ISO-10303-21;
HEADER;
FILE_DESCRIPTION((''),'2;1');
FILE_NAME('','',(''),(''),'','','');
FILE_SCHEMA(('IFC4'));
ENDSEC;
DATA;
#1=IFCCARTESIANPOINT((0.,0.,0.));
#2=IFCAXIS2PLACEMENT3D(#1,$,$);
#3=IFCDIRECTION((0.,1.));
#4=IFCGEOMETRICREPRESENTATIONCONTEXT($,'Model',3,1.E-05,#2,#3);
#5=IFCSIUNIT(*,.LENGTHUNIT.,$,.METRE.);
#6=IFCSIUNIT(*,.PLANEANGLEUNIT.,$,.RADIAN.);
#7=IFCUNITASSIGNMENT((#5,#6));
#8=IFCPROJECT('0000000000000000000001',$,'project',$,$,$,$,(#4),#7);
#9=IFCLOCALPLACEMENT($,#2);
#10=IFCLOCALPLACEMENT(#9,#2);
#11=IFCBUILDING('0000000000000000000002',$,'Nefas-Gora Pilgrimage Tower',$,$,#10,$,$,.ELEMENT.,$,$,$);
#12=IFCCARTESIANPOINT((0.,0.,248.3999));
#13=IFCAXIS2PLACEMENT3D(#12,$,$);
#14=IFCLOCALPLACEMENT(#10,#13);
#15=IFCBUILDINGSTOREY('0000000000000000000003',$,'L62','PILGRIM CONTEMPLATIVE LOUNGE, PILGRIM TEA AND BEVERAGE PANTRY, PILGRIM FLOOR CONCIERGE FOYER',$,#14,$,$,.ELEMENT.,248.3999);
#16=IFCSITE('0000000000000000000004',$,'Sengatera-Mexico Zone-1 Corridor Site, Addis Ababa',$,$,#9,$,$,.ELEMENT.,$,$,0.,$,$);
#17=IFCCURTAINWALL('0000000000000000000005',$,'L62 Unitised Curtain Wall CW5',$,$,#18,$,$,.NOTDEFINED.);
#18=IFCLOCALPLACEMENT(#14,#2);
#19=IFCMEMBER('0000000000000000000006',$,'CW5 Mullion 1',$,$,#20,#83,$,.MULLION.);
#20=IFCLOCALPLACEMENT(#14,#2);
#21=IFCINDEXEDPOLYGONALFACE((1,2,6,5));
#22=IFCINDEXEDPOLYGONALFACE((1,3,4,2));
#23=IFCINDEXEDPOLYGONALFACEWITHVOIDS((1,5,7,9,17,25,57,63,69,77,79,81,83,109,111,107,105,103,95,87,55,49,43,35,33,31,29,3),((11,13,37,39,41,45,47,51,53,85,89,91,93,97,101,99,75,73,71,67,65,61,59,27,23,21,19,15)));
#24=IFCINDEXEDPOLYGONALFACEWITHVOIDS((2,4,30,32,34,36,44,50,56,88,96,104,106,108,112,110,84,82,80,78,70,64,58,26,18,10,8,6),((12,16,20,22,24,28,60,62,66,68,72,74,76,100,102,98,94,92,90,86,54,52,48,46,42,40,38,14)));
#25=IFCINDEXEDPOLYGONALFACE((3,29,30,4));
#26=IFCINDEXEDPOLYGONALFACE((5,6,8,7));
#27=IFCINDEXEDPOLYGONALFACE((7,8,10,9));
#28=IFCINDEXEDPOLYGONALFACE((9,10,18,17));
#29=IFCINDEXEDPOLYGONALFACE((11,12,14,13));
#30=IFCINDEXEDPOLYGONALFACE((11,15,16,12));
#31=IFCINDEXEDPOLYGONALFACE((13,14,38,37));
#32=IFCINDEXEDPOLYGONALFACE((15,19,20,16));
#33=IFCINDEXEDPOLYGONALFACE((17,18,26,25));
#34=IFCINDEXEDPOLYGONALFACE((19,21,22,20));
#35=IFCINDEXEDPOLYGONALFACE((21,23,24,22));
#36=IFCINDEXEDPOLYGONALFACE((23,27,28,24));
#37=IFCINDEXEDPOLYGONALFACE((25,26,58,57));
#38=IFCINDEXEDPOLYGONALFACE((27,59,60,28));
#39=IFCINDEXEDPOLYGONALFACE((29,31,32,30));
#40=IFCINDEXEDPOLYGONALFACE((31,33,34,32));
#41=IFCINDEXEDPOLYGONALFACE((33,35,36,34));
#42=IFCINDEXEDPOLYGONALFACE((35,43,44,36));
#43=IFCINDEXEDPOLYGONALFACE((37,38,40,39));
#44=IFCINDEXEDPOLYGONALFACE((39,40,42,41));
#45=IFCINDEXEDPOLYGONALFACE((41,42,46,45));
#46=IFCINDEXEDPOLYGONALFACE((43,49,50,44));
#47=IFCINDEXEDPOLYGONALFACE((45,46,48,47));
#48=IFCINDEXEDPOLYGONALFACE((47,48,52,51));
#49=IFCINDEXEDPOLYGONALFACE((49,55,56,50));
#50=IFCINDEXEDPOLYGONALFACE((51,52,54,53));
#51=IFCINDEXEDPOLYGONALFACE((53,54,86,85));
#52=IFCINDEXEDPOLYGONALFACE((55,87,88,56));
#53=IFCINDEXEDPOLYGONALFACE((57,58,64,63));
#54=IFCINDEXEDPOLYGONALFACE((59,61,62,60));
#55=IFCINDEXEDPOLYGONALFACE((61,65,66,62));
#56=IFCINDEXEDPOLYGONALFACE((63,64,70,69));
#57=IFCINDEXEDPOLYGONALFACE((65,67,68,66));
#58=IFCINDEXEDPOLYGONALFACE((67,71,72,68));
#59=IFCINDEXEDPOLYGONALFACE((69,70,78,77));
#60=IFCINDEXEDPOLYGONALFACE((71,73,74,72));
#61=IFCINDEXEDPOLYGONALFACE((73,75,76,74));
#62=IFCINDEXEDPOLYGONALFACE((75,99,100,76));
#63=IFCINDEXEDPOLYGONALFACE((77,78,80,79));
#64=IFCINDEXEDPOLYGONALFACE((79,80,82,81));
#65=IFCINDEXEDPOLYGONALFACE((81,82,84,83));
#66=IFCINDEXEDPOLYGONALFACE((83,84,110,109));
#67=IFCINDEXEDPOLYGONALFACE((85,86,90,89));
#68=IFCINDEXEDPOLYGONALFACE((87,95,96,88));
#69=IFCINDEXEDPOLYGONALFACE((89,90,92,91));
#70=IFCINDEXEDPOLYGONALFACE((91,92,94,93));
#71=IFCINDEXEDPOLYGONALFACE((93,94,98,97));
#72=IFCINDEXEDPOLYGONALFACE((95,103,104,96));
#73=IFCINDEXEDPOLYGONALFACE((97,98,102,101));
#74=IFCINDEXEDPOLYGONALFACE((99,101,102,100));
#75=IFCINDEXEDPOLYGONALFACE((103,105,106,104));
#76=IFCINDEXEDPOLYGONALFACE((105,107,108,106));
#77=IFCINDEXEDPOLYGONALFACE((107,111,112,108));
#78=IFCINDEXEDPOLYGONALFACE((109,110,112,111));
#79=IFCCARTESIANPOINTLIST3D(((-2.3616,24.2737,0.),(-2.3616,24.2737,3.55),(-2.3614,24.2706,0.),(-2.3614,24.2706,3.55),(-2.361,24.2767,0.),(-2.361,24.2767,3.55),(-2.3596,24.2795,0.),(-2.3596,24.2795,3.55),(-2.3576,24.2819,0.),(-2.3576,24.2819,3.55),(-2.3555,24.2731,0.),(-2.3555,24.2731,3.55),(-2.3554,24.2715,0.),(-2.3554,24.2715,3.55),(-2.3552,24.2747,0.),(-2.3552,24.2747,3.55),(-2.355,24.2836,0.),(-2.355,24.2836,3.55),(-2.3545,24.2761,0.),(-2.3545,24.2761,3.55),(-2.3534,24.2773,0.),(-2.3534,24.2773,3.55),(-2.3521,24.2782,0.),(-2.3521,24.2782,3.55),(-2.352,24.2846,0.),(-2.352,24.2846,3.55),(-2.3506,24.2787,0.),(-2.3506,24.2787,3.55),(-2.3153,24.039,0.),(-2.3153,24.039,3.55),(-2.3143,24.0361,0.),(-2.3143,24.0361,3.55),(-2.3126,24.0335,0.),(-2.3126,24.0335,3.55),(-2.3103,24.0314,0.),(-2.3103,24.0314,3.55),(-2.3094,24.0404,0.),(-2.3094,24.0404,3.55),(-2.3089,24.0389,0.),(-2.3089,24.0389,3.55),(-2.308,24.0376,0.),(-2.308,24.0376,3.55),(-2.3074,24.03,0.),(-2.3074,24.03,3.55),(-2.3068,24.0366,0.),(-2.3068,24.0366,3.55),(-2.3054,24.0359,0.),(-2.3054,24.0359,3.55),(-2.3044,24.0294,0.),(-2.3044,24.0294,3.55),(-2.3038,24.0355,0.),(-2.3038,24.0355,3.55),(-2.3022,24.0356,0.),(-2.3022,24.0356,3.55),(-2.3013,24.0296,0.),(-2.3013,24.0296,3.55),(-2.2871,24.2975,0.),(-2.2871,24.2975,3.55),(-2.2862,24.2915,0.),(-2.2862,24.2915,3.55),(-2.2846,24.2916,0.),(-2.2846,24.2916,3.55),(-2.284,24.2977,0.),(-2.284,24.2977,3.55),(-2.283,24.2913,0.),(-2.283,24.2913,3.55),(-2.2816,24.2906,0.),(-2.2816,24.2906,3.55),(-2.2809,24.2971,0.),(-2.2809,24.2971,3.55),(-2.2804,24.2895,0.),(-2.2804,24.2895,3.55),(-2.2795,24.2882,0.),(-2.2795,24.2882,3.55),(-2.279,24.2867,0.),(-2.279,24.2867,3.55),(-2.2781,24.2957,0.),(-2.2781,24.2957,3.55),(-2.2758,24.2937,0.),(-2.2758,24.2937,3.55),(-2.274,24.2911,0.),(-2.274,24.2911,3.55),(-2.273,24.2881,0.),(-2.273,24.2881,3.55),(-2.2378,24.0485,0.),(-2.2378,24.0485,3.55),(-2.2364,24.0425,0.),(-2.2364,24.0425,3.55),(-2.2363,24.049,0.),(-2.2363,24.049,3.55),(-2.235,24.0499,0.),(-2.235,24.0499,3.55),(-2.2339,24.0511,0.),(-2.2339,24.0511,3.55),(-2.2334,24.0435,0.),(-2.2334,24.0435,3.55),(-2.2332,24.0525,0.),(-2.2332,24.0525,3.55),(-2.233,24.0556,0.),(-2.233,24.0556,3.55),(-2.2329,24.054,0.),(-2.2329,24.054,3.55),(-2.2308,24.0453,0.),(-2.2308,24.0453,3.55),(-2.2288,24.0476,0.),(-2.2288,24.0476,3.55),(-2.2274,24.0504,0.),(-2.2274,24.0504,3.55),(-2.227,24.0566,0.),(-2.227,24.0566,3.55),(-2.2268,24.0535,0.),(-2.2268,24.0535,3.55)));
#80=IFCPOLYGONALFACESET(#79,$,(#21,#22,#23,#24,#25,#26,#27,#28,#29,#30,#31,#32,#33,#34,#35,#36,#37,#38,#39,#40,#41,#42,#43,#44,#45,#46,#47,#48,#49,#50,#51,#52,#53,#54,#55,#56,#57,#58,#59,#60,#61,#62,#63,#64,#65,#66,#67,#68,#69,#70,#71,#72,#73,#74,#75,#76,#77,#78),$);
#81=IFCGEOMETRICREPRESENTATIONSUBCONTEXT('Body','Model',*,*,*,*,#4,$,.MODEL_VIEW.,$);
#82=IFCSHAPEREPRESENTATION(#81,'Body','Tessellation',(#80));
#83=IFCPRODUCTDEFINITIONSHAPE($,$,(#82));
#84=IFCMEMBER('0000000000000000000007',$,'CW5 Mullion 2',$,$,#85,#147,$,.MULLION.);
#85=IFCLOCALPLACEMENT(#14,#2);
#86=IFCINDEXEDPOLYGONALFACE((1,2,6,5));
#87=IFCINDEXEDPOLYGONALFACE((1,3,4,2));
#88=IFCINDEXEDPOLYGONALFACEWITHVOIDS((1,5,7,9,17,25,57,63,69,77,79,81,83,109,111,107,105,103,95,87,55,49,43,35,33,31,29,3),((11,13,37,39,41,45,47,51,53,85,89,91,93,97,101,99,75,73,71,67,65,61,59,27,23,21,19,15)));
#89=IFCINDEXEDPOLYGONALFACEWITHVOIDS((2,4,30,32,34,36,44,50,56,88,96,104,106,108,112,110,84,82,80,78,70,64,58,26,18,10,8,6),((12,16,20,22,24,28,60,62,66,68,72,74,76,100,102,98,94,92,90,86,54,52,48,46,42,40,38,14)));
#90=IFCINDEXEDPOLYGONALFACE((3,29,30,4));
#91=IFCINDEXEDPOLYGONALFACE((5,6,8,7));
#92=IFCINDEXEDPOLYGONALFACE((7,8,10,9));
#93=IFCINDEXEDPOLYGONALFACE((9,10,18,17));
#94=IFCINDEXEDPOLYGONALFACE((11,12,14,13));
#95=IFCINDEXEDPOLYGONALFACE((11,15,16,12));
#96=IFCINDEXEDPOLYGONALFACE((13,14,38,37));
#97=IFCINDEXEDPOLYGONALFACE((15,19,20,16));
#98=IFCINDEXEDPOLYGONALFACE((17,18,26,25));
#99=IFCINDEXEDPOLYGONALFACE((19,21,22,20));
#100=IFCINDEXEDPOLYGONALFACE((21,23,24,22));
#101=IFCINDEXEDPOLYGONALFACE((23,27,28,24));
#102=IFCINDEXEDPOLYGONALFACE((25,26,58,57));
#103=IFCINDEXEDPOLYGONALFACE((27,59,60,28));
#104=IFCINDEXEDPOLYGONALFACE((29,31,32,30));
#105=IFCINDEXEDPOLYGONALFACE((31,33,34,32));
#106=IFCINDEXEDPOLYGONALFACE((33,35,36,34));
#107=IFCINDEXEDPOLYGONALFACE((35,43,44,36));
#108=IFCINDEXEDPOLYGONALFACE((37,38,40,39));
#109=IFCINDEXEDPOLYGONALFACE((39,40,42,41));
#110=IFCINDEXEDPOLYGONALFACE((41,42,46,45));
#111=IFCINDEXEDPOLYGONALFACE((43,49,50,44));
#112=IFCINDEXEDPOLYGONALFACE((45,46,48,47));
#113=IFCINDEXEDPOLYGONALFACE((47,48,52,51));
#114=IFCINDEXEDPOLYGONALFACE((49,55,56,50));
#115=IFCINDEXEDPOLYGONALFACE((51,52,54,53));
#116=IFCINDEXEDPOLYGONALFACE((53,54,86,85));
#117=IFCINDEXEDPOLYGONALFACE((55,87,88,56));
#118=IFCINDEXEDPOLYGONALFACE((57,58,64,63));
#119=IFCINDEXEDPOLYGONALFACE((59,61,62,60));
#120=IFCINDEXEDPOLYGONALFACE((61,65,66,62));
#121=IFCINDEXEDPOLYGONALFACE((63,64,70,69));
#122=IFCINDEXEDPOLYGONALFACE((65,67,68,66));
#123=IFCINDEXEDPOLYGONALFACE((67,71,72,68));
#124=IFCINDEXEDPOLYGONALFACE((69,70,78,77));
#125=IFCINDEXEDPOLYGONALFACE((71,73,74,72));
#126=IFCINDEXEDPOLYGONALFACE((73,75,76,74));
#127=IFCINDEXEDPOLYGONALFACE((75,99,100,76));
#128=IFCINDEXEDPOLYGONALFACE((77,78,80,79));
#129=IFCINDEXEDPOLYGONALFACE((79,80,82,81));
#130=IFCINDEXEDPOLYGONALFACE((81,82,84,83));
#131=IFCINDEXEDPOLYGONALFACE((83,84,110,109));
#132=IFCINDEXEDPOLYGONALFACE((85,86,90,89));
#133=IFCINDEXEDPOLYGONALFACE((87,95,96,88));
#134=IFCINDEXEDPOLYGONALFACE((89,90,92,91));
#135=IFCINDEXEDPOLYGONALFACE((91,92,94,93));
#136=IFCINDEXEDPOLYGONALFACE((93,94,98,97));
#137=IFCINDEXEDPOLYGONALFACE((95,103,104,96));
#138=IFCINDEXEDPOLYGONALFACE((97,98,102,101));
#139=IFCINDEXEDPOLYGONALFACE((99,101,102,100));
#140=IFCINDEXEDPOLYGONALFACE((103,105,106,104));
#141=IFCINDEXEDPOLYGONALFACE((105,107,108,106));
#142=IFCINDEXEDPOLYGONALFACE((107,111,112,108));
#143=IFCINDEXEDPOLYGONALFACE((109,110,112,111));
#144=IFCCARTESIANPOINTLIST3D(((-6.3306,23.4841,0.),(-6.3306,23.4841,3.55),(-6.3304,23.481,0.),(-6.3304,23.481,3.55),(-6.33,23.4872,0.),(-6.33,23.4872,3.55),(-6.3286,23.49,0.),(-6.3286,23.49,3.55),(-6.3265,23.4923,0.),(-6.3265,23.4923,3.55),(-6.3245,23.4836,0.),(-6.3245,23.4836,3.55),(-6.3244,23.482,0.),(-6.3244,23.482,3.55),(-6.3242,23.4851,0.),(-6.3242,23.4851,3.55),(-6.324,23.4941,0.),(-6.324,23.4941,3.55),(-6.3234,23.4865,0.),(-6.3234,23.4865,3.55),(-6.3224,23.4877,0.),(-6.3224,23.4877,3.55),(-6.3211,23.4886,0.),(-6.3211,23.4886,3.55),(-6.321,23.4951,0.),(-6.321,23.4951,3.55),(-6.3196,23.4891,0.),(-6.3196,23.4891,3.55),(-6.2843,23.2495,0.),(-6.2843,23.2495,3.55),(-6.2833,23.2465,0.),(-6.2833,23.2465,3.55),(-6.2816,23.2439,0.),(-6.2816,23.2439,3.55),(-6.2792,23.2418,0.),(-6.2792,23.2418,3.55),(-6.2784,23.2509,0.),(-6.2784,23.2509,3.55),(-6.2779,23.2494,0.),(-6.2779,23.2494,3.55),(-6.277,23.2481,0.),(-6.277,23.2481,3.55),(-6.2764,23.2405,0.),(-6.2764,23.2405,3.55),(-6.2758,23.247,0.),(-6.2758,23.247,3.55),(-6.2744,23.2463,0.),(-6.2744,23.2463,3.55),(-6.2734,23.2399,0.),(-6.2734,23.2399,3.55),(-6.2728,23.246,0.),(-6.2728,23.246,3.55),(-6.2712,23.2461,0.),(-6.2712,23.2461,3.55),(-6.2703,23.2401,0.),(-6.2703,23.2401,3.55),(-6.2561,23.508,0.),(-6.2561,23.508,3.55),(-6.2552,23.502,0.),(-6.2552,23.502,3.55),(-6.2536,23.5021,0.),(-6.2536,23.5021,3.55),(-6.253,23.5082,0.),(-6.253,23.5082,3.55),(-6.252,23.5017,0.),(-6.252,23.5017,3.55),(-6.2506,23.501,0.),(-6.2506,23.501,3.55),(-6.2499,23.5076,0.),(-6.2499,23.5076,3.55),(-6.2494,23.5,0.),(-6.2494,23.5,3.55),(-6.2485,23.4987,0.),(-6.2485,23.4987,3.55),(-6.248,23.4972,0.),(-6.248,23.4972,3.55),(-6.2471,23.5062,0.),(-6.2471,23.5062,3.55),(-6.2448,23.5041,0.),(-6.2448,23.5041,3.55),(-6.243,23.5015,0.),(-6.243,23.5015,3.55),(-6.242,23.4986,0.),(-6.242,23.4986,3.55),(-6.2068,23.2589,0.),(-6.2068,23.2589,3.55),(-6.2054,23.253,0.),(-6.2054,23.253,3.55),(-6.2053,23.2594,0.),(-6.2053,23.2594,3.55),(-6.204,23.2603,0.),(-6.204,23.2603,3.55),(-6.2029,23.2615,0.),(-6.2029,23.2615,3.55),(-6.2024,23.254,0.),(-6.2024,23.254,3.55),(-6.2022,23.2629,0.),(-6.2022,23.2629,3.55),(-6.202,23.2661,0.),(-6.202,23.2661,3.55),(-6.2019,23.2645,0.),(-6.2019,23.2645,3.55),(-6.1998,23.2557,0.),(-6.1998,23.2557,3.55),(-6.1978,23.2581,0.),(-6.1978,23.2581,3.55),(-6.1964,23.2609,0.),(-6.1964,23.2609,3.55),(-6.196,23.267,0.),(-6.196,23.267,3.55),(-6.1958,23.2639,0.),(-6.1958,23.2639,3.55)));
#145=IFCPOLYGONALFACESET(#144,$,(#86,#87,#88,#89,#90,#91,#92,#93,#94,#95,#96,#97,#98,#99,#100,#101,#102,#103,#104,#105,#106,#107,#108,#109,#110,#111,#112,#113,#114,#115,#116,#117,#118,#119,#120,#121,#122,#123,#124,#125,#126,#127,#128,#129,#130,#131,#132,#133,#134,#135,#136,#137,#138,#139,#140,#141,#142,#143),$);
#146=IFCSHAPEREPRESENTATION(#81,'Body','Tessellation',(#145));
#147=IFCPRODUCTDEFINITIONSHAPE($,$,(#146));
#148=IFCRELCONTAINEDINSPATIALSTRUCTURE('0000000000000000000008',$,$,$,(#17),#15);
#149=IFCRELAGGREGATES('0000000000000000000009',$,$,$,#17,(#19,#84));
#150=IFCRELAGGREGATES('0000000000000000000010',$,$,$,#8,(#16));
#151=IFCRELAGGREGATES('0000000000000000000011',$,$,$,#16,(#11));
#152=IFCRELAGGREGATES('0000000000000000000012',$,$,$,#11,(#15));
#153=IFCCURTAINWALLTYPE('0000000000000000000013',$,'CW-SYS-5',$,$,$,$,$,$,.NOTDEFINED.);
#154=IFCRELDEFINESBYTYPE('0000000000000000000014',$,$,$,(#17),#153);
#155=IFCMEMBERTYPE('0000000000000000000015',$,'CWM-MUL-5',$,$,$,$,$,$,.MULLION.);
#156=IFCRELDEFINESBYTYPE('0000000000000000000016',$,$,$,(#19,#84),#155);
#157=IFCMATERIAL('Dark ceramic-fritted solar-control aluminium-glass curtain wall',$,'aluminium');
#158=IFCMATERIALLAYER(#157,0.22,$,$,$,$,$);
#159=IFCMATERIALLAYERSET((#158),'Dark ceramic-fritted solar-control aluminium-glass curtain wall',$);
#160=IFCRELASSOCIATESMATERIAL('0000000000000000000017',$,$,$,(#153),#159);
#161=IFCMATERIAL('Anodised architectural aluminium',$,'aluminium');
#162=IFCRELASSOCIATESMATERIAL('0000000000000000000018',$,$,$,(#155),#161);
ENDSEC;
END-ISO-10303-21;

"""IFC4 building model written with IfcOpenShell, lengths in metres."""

from ifc_helpers import new_model, si_unit, direction, frame, origin, origin_2d, place, context, subcontext, project, spatial, hollow_rectangle, extrude, source, transform, mapped, material, layer, layer_set, material_profile, profile_set, type_object, element, aggregate, save


model = new_model("IFC4")

# Units and contexts
model_context = context("Model", 3, precision=1e-05, world=origin(), true_north=direction((0.0, 1.0)))
body_context = subcontext(model_context, "Body", "Model", "MODEL_VIEW")
ifc_project = project(units=[si_unit("LENGTHUNIT", "METRE"), si_unit("PLANEANGLEUNIT", "RADIAN")], contexts=[model_context])

# Site, building, storey
site_placement = place(None, origin())
site = spatial("IfcSite", under=ifc_project, at=site_placement, Name="Sengatera-Mexico Zone-1 Corridor Site, Addis Ababa", CompositionType="ELEMENT", RefElevation=0.0)
building_placement = place(site_placement, origin())
building = spatial("IfcBuilding", under=site, at=building_placement, Name="Nefas-Gora Pilgrimage Tower", CompositionType="ELEMENT")
storey_placement = place(building_placement, frame((0.0, 0.0, 248.3999)))
storey = spatial("IfcBuildingStorey", under=building, at=storey_placement, Name="L62", Description="PILGRIM CONTEMPLATIVE LOUNGE, PILGRIM TEA AND BEVERAGE PANTRY, PILGRIM FLOOR CONCIERGE FOYER", CompositionType="ELEMENT", Elevation=248.3999)

# Curtain wall, members
ifc_material_1 = material(Name="Dark ceramic-fritted solar-control aluminium-glass curtain wall", Category="aluminium")
ifc_layer_1 = layer(ifc_material_1, 0.22)
ifc_layer_set_1 = layer_set([ifc_layer_1], Name="Dark ceramic-fritted solar-control aluminium-glass curtain wall")
curtain_wall_type = type_object("IfcCurtainWallType", Name="CW-SYS-5", PredefinedType="NOTDEFINED", material=ifc_layer_set_1)
curtain_wall_1_placement = place(storey_placement, origin())
curtain_wall_1 = element("IfcCurtainWall", 1, at=curtain_wall_1_placement, inside=storey, type_object=curtain_wall_type, Name="L62 Unitised Curtain Wall CW5", PredefinedType="NOTDEFINED")
ifc_material_2 = material(Name="Anodised architectural aluminium", Category="aluminium")
ifc_material_profile_1 = material_profile(ifc_material_2, hollow_rectangle(XDim=0.0901, YDim=0.26, WallThickness=0.0061, InnerFilletRadius=0.0061, OuterFilletRadius=0.012, at=origin_2d()), Name="ALU MULLION 90x260")
ifc_profile_set_1 = profile_set([ifc_material_profile_1], Name="Anodised architectural aluminium")
member_type_1 = type_object("IfcMemberType", Name="CWM-MUL-5", PredefinedType="MULLION", material=ifc_profile_set_1)
shared_shape_1 = source(origin(), body_context, "Body", "SweptSolid", [
    extrude(hollow_rectangle(XDim=0.0901, YDim=0.26, WallThickness=0.0061, InnerFilletRadius=0.0061, OuterFilletRadius=0.012, at=origin_2d()), origin(), (0.0, 0.0, 1.0), 3.55),
])
member_1_placement = place(storey_placement, frame((-2.2942, 24.1636, 0.0), z_axis=(0.0, 0.0, 1.0), x_axis=(-0.980783, -0.195102, 0.0)))
member_1 = element("IfcMember", 2, at=member_1_placement, type_object=member_type_1, Name="CW5 Mullion 1", PredefinedType="MULLION", context=body_context, shape_type="MappedRepresentation", body=[
    mapped(shared_shape_1, transform((0.0, 0.0, 0.0), x_axis=(1.0, 0.0, 0.0), y_axis=(0.0, 1.0, 0.0), z_axis=(0.0, 0.0, 1.0), scale=1.0)),
])
member_2_placement = place(storey_placement, frame((-6.2632, 23.374, 0.0), z_axis=(0.0, 0.0, 1.0), x_axis=(-0.980783, -0.195102, 0.0)))
member_2 = element("IfcMember", 3, at=member_2_placement, type_object=member_type_1, Name="CW5 Mullion 2", PredefinedType="MULLION", context=body_context, shape_type="MappedRepresentation", body=[
    mapped(shared_shape_1, transform((0.0, 0.0, 0.0), x_axis=(1.0, 0.0, 0.0), y_axis=(0.0, 1.0, 0.0), z_axis=(0.0, 0.0, 1.0), scale=1.0)),
])

aggregate(curtain_wall_1, [member_1, member_2])

save(model, "model.ifc")
